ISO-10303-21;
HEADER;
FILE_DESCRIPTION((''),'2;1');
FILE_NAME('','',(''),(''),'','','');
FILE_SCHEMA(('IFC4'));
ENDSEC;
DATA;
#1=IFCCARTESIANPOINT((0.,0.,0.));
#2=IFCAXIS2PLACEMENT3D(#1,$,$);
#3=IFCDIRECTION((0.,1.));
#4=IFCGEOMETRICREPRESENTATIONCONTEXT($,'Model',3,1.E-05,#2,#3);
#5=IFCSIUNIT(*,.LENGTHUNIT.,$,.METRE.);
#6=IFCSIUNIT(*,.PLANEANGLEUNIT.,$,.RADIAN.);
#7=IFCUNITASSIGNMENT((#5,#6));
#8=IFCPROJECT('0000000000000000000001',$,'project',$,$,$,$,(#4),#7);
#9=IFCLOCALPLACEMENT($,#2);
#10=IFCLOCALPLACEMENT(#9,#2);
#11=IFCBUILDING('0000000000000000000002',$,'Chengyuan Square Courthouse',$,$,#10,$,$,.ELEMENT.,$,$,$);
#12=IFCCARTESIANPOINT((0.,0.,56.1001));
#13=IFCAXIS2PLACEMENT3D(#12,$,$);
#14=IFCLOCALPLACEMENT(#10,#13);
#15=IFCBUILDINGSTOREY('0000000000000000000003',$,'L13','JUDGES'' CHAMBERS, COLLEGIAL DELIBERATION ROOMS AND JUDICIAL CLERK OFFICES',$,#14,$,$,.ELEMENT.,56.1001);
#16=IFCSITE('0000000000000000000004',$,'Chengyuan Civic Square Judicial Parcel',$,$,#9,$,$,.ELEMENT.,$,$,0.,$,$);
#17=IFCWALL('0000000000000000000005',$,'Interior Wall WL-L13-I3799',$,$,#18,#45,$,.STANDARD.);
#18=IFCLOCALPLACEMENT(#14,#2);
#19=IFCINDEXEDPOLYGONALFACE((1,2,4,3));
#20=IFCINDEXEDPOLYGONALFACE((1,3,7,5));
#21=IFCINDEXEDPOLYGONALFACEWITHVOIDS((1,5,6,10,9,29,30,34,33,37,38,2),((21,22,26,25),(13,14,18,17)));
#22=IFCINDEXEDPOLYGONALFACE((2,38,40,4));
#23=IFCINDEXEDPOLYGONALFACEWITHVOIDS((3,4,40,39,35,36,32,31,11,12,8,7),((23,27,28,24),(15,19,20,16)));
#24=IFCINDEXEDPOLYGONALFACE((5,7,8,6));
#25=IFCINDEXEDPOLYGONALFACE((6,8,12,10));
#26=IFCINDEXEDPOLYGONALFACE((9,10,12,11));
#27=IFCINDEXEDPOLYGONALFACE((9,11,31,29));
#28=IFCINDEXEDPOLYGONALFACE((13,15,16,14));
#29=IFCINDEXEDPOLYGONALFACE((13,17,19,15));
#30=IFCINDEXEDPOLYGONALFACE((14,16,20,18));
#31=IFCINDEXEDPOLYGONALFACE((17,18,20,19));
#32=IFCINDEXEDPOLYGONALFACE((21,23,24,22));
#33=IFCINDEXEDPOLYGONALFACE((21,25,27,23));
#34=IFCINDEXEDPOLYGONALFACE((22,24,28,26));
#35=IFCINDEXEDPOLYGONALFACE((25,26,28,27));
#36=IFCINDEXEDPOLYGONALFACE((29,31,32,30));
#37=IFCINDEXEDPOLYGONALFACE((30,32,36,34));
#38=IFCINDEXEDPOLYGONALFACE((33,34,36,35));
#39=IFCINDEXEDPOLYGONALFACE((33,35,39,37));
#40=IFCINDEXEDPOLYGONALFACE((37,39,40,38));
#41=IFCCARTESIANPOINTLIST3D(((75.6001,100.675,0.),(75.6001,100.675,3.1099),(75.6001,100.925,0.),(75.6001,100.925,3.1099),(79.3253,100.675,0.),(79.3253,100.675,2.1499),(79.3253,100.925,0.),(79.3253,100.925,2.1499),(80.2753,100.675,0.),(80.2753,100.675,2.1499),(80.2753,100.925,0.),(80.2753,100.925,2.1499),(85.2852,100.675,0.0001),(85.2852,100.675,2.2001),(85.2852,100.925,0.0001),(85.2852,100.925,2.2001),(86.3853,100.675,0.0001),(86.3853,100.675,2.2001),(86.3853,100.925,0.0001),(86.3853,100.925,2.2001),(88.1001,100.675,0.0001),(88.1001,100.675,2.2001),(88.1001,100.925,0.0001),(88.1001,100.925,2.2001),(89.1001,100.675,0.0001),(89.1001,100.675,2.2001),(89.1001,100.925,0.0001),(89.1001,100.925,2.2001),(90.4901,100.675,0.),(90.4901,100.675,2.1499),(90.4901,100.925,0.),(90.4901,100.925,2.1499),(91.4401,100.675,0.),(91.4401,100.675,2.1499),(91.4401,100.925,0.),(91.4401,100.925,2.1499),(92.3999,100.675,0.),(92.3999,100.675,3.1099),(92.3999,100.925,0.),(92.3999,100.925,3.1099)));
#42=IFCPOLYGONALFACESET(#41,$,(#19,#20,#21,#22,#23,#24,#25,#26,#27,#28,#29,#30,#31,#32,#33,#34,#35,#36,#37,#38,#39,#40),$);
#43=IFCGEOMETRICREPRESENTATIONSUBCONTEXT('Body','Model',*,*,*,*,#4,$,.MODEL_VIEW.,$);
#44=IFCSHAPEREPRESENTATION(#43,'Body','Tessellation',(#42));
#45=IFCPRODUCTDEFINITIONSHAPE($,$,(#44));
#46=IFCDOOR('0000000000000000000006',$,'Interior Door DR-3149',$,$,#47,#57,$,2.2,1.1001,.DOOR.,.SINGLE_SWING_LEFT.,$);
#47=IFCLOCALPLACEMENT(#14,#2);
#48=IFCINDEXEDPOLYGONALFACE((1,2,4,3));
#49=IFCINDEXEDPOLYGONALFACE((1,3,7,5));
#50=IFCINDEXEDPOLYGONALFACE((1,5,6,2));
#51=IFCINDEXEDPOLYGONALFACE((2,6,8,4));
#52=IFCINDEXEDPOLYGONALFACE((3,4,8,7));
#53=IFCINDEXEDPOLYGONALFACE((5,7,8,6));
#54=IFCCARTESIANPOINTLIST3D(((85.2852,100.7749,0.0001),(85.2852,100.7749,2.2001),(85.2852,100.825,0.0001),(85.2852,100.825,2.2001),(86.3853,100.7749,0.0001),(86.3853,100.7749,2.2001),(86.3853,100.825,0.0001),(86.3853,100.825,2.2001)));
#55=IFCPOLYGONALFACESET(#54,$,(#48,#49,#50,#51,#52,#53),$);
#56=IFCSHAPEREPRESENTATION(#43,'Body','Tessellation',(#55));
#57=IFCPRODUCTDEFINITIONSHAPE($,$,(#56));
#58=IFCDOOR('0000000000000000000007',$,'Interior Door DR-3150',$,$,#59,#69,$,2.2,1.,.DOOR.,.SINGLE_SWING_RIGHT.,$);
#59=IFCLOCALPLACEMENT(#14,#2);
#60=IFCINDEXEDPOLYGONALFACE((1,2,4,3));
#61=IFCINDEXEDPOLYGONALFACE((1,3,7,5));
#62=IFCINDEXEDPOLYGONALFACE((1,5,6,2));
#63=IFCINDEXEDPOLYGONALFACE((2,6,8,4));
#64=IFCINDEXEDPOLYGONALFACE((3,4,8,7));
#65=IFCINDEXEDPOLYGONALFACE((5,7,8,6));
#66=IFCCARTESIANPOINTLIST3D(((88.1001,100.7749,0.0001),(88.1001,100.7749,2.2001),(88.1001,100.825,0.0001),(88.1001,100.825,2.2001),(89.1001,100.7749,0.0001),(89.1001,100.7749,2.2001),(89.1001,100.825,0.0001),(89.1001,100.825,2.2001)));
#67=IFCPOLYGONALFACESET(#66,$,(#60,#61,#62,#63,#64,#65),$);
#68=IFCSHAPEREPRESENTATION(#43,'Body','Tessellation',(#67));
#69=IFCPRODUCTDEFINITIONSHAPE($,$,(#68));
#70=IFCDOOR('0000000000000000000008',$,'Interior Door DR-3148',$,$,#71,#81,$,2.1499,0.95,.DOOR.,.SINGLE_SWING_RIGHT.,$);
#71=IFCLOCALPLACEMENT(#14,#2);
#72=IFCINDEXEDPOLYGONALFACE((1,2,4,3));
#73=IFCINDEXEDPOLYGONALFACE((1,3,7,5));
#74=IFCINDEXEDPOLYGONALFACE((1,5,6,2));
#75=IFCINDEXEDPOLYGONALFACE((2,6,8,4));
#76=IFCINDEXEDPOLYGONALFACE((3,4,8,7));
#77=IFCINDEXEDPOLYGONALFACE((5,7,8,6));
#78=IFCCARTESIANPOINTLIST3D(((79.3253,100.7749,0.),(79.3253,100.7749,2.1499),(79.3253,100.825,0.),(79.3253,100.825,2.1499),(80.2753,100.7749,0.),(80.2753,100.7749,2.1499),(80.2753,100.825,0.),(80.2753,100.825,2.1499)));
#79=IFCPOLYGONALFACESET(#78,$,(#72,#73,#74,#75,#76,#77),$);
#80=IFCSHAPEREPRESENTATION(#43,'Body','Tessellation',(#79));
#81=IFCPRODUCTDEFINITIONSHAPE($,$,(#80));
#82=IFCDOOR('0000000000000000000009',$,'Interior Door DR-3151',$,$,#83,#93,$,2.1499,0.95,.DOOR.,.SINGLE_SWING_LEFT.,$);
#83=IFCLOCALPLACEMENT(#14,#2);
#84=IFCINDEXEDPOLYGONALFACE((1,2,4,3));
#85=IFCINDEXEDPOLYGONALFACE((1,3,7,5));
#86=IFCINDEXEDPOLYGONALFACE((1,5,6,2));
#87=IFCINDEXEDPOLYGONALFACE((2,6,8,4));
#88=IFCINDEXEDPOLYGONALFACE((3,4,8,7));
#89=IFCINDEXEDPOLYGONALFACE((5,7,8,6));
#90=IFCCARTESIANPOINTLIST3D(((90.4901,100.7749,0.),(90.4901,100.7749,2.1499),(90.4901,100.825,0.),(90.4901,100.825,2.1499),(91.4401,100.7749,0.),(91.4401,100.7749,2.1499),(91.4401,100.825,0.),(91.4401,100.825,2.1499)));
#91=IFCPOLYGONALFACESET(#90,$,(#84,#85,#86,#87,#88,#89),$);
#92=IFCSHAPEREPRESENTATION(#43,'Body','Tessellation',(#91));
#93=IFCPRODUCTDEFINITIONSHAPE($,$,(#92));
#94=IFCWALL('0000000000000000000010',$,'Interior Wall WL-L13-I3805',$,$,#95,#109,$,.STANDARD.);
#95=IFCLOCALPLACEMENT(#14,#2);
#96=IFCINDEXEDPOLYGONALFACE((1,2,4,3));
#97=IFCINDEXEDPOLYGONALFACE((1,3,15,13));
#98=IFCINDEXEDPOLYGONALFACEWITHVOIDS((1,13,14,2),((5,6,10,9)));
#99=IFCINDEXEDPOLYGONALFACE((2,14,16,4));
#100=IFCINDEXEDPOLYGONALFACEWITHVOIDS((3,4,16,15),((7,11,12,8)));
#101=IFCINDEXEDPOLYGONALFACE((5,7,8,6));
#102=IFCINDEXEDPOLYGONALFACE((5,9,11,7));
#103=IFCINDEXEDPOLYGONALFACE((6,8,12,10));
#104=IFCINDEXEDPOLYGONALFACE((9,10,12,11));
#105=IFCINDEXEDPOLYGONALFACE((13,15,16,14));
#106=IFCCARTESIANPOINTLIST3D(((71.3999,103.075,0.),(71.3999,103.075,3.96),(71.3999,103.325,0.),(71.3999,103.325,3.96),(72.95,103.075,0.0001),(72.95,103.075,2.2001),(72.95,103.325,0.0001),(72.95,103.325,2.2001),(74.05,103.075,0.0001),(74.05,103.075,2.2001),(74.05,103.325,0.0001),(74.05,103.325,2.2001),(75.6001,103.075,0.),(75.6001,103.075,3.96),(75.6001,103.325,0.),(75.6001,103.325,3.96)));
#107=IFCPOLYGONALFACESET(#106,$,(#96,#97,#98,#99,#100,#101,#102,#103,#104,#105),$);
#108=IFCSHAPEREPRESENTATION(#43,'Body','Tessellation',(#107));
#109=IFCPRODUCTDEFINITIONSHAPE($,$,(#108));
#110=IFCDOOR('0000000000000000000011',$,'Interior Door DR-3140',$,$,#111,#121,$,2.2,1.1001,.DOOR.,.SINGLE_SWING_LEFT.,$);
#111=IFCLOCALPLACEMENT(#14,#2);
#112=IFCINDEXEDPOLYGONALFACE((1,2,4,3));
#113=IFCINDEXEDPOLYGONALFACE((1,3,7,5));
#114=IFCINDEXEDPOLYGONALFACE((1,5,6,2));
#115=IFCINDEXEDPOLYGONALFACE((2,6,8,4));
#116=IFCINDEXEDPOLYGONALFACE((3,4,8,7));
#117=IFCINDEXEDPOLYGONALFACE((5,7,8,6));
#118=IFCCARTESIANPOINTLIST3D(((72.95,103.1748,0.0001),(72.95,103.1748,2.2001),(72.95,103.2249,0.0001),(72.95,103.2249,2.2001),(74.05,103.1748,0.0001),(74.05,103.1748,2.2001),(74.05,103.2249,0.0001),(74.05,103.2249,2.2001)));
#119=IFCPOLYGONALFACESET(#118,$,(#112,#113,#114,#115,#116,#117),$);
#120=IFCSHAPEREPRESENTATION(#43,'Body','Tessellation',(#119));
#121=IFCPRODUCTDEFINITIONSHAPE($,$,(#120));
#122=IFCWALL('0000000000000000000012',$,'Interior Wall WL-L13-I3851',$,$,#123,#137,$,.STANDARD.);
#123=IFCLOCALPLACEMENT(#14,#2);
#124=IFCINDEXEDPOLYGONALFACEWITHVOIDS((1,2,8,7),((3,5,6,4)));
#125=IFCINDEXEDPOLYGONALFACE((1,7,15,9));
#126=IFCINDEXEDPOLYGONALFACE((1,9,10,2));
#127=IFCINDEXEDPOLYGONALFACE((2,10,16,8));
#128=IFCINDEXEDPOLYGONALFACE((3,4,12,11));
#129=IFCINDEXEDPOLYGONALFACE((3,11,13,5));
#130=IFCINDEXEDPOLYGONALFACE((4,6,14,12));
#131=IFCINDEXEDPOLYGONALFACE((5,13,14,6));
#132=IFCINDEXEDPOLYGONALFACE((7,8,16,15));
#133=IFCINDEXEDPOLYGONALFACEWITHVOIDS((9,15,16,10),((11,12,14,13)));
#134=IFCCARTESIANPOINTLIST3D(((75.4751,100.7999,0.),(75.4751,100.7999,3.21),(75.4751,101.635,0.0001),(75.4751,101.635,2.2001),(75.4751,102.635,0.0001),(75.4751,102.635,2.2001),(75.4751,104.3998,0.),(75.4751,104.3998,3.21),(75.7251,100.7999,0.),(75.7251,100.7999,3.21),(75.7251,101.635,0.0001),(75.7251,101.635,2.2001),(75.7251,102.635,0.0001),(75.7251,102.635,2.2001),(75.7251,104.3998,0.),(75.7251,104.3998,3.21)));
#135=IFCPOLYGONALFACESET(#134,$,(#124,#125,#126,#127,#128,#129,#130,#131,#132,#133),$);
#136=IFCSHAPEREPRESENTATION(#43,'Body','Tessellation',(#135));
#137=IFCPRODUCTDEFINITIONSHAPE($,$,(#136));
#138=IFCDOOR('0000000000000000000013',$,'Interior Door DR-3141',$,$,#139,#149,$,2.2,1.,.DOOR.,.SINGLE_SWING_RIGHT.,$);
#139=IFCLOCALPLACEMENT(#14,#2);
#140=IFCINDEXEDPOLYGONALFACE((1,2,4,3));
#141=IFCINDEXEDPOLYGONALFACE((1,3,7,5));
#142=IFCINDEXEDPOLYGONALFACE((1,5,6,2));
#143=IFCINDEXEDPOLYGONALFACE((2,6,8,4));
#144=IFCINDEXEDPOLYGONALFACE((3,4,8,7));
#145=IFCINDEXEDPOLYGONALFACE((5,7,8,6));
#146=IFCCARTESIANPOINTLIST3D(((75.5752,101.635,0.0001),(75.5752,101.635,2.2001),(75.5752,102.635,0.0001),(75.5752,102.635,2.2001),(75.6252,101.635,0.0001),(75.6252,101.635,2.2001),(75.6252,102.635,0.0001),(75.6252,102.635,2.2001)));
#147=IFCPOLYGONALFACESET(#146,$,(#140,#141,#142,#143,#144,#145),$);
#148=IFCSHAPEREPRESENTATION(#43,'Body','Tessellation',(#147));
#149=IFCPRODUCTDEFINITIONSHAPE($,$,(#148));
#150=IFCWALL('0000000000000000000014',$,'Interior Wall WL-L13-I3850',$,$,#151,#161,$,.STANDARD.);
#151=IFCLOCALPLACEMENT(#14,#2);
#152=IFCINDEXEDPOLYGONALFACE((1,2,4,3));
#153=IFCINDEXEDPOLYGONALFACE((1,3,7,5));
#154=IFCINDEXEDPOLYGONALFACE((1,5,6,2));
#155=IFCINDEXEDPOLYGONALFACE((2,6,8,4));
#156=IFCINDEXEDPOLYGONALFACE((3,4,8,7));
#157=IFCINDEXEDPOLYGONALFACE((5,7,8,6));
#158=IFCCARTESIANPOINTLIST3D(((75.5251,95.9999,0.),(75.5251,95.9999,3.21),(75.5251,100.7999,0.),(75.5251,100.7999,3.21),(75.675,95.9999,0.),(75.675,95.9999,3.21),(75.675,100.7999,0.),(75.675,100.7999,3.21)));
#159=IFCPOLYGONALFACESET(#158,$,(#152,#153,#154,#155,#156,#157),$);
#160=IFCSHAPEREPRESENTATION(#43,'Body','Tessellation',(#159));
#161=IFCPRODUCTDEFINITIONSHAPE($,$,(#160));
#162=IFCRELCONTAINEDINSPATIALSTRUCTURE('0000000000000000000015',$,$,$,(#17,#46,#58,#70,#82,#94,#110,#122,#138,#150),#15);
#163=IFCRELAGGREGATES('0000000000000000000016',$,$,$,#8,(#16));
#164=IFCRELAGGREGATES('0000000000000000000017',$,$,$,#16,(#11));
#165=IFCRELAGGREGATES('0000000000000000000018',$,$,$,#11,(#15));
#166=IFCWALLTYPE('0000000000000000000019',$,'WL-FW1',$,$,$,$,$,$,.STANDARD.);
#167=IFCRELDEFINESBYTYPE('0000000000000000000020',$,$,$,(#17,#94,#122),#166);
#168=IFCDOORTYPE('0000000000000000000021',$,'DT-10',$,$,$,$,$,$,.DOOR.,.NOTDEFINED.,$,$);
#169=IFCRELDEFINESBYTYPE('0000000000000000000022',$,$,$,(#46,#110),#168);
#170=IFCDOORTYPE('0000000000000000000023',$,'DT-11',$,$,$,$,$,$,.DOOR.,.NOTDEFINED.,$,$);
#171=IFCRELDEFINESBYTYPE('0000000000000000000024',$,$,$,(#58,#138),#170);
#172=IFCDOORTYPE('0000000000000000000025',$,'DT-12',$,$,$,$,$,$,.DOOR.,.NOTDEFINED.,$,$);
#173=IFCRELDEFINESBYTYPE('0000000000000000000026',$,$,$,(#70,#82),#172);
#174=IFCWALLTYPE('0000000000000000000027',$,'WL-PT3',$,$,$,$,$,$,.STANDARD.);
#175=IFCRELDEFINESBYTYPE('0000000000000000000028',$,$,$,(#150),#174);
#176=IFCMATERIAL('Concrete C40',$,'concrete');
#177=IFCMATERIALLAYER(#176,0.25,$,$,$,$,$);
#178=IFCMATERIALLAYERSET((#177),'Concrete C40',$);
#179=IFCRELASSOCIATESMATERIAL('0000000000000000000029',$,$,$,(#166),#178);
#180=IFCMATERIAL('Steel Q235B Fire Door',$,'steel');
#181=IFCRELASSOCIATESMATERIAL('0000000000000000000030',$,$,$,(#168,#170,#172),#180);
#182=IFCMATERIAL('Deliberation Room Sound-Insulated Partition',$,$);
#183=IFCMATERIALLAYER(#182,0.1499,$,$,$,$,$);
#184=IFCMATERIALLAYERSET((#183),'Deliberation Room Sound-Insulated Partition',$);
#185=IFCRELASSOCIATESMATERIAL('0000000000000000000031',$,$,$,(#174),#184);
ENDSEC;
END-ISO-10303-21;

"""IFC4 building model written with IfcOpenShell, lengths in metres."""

from ifc_helpers import new_model, si_unit, direction, frame, frame_2d, origin, place, context, subcontext, project, spatial, rectangle, extrude, material, layer, layer_set, type_object, element, fill, save


model = new_model("IFC4")

# Units and contexts
model_context = context("Model", 3, precision=1e-05, world=origin(), true_north=direction((0.0, 1.0)))
body_context = subcontext(model_context, "Body", "Model", "MODEL_VIEW")
ifc_project = project(units=[si_unit("LENGTHUNIT", "METRE"), si_unit("PLANEANGLEUNIT", "RADIAN")], contexts=[model_context])

# Site, building, storey
site_placement = place(None, origin())
site = spatial("IfcSite", under=ifc_project, at=site_placement, Name="Chengyuan Civic Square Judicial Parcel", CompositionType="ELEMENT", RefElevation=0.0)
building_placement = place(site_placement, origin())
building = spatial("IfcBuilding", under=site, at=building_placement, Name="Chengyuan Square Courthouse", CompositionType="ELEMENT")
storey_placement = place(building_placement, frame((0.0, 0.0, 56.1001)))
storey = spatial("IfcBuildingStorey", under=building, at=storey_placement, Name="L13", Description="JUDGES' CHAMBERS, COLLEGIAL DELIBERATION ROOMS AND JUDICIAL CLERK OFFICES", CompositionType="ELEMENT", Elevation=56.1001)

# Shared definitions
ifc_material_1 = material(Name="Concrete C40", Category="concrete")

# Wall, openings, doors
ifc_layer_1 = layer(ifc_material_1, 0.25)
ifc_layer_set_1 = layer_set([ifc_layer_1], Name="Concrete C40")
wall_type_1 = type_object("IfcWallType", Name="WL-FW1", PredefinedType="STANDARD", material=ifc_layer_set_1)
wall_1_placement = place(storey_placement, frame((75.6001, 100.8, 0.0), z_axis=(0.0, 0.0, 1.0), x_axis=(1.0, 0.0, 0.0)))
wall_1 = element("IfcWall", 1, at=wall_1_placement, inside=storey, type_object=wall_type_1, Name="Interior Wall WL-L13-I3799", PredefinedType="STANDARD", context=body_context, shape_type="SweptSolid", body=[
    extrude(rectangle(XDim=16.7998, YDim=0.25, at=frame_2d((8.3999, 0.0))), origin(), (0.0, 0.0, 1.0), 3.1099),
])
opening_1_placement = place(wall_1_placement, frame((3.7251, 0.0, 0.0)))
opening_1 = element("IfcOpeningElement", 2, at=opening_1_placement, cuts=wall_1, PredefinedType="OPENING", context=body_context, shape_type="SweptSolid", body=[
    extrude(rectangle(XDim=0.95, YDim=2.1499, at=frame_2d((0.4751, 1.075))), frame((0.0, 0.137, 0.0), z_axis=(0.0, -1.0, 0.0), x_axis=(1.0, 0.0, 0.0)), (0.0, 0.0, 1.0), 0.2739),
])
opening_2_placement = place(wall_1_placement, frame((9.6851, 0.0, 0.0)))
opening_2 = element("IfcOpeningElement", 3, at=opening_2_placement, cuts=wall_1, PredefinedType="OPENING", context=body_context, shape_type="SweptSolid", body=[
    extrude(rectangle(XDim=1.1001, YDim=2.2, at=frame_2d((0.55, 1.1001))), frame((0.0, 0.137, 0.0), z_axis=(0.0, -1.0, 0.0), x_axis=(1.0, 0.0, 0.0)), (0.0, 0.0, 1.0), 0.2739),
])
opening_3_placement = place(wall_1_placement, frame((12.5, 0.0, 0.0)))
opening_3 = element("IfcOpeningElement", 4, at=opening_3_placement, cuts=wall_1, PredefinedType="OPENING", context=body_context, shape_type="SweptSolid", body=[
    extrude(rectangle(XDim=1.0, YDim=2.2, at=frame_2d((0.5, 1.1001))), frame((0.0, 0.137, 0.0), z_axis=(0.0, -1.0, 0.0), x_axis=(1.0, 0.0, 0.0)), (0.0, 0.0, 1.0), 0.2739),
])
opening_4_placement = place(wall_1_placement, frame((14.8899, 0.0, 0.0)))
opening_4 = element("IfcOpeningElement", 5, at=opening_4_placement, cuts=wall_1, PredefinedType="OPENING", context=body_context, shape_type="SweptSolid", body=[
    extrude(rectangle(XDim=0.95, YDim=2.1499, at=frame_2d((0.4751, 1.075))), frame((0.0, 0.137, 0.0), z_axis=(0.0, -1.0, 0.0), x_axis=(1.0, 0.0, 0.0)), (0.0, 0.0, 1.0), 0.2739),
])
ifc_material_2 = material(Name="Steel Q235B Fire Door", Category="steel")
door_type_1 = type_object("IfcDoorType", Name="DT-10", OperationType="NOTDEFINED", PredefinedType="DOOR", material=ifc_material_2)
door_1_placement = place(opening_2_placement, origin())
door_1 = element("IfcDoor", 6, at=door_1_placement, inside=storey, type_object=door_type_1, Name="Interior Door DR-3149", OperationType="SINGLE_SWING_LEFT", OverallHeight=2.2, OverallWidth=1.1001, PredefinedType="DOOR", context=body_context, shape_type="SweptSolid", body=[
    extrude(rectangle(XDim=1.1001, YDim=2.2, at=frame_2d((0.55, 1.1001))), frame((0.0, 0.0249, 0.0), z_axis=(0.0, -1.0, 0.0), x_axis=(1.0, 0.0, 0.0)), (0.0, 0.0, 1.0), 0.05),
])
fill(opening_2, door_1)
door_type_2 = type_object("IfcDoorType", Name="DT-11", OperationType="NOTDEFINED", PredefinedType="DOOR", material=ifc_material_2)
door_2_placement = place(opening_3_placement, origin())
door_2 = element("IfcDoor", 7, at=door_2_placement, inside=storey, type_object=door_type_2, Name="Interior Door DR-3150", OperationType="SINGLE_SWING_RIGHT", OverallHeight=2.2, OverallWidth=1.0, PredefinedType="DOOR", context=body_context, shape_type="SweptSolid", body=[
    extrude(rectangle(XDim=1.0, YDim=2.2, at=frame_2d((0.5, 1.1001))), frame((0.0, 0.0249, 0.0), z_axis=(0.0, -1.0, 0.0), x_axis=(1.0, 0.0, 0.0)), (0.0, 0.0, 1.0), 0.05),
])
fill(opening_3, door_2)
door_type_3 = type_object("IfcDoorType", Name="DT-12", OperationType="NOTDEFINED", PredefinedType="DOOR", material=ifc_material_2)
door_3_placement = place(opening_1_placement, origin())
door_3 = element("IfcDoor", 8, at=door_3_placement, inside=storey, type_object=door_type_3, Name="Interior Door DR-3148", OperationType="SINGLE_SWING_RIGHT", OverallHeight=2.1499, OverallWidth=0.95, PredefinedType="DOOR", context=body_context, shape_type="SweptSolid", body=[
    extrude(rectangle(XDim=0.95, YDim=2.1499, at=frame_2d((0.4751, 1.075))), frame((0.0, 0.0249, 0.0), z_axis=(0.0, -1.0, 0.0), x_axis=(1.0, 0.0, 0.0)), (0.0, 0.0, 1.0), 0.05),
])
fill(opening_1, door_3)
door_4_placement = place(opening_4_placement, origin())
door_4 = element("IfcDoor", 9, at=door_4_placement, inside=storey, type_object=door_type_3, Name="Interior Door DR-3151", OperationType="SINGLE_SWING_LEFT", OverallHeight=2.1499, OverallWidth=0.95, PredefinedType="DOOR", context=body_context, shape_type="SweptSolid", body=[
    extrude(rectangle(XDim=0.95, YDim=2.1499, at=frame_2d((0.4751, 1.075))), frame((0.0, 0.0249, 0.0), z_axis=(0.0, -1.0, 0.0), x_axis=(1.0, 0.0, 0.0)), (0.0, 0.0, 1.0), 0.05),
])
fill(opening_4, door_4)

# Walls, openings, doors
wall_2_placement = place(storey_placement, frame((71.3999, 103.2, 0.0), z_axis=(0.0, 0.0, 1.0), x_axis=(1.0, 0.0, 0.0)))
wall_2 = element("IfcWall", 10, at=wall_2_placement, inside=storey, type_object=wall_type_1, Name="Interior Wall WL-L13-I3805", PredefinedType="STANDARD", context=body_context, shape_type="SweptSolid", body=[
    extrude(rectangle(XDim=4.2002, YDim=0.25, at=frame_2d((2.1001, 0.0))), origin(), (0.0, 0.0, 1.0), 3.96),
])
opening_5_placement = place(wall_2_placement, frame((1.55, 0.0, 0.0)))
opening_5 = element("IfcOpeningElement", 11, at=opening_5_placement, cuts=wall_2, PredefinedType="OPENING", context=body_context, shape_type="SweptSolid", body=[
    extrude(rectangle(XDim=1.1001, YDim=2.2, at=frame_2d((0.55, 1.1001))), frame((0.0, 0.137, 0.0), z_axis=(0.0, -1.0, 0.0), x_axis=(1.0, 0.0, 0.0)), (0.0, 0.0, 1.0), 0.2739),
])
door_5_placement = place(opening_5_placement, origin())
door_5 = element("IfcDoor", 12, at=door_5_placement, inside=storey, type_object=door_type_1, Name="Interior Door DR-3140", OperationType="SINGLE_SWING_LEFT", OverallHeight=2.2, OverallWidth=1.1001, PredefinedType="DOOR", context=body_context, shape_type="SweptSolid", body=[
    extrude(rectangle(XDim=1.1001, YDim=2.2, at=frame_2d((0.55, 1.1001))), frame((0.0, 0.0249, 0.0), z_axis=(0.0, -1.0, 0.0), x_axis=(1.0, 0.0, 0.0)), (0.0, 0.0, 1.0), 0.05),
])
fill(opening_5, door_5)
wall_3_placement = place(storey_placement, frame((75.6001, 100.8, 0.0), z_axis=(0.0, 0.0, 1.0), x_axis=(0.0, 1.0, 0.0)))
wall_3 = element("IfcWall", 13, at=wall_3_placement, inside=storey, type_object=wall_type_1, Name="Interior Wall WL-L13-I3851", PredefinedType="STANDARD", context=body_context, shape_type="SweptSolid", body=[
    extrude(rectangle(XDim=3.5999, YDim=0.25, at=frame_2d((1.7998, 0.0))), origin(), (0.0, 0.0, 1.0), 3.21),
])
opening_6_placement = place(wall_3_placement, frame((0.835, 0.0, 0.0)))
opening_6 = element("IfcOpeningElement", 14, at=opening_6_placement, cuts=wall_3, PredefinedType="OPENING", context=body_context, shape_type="SweptSolid", body=[
    extrude(rectangle(XDim=1.0, YDim=2.2, at=frame_2d((0.5, 1.1001))), frame((0.0, 0.137, 0.0), z_axis=(0.0, -1.0, 0.0), x_axis=(1.0, 0.0, 0.0)), (0.0, 0.0, 1.0), 0.2739),
])
door_6_placement = place(opening_6_placement, origin())
door_6 = element("IfcDoor", 15, at=door_6_placement, inside=storey, type_object=door_type_2, Name="Interior Door DR-3141", OperationType="SINGLE_SWING_RIGHT", OverallHeight=2.2, OverallWidth=1.0, PredefinedType="DOOR", context=body_context, shape_type="SweptSolid", body=[
    extrude(rectangle(XDim=1.0, YDim=2.2, at=frame_2d((0.5, 1.1001))), frame((0.0, 0.0249, 0.0), z_axis=(0.0, -1.0, 0.0), x_axis=(1.0, 0.0, 0.0)), (0.0, 0.0, 1.0), 0.05),
])
fill(opening_6, door_6)
ifc_material_3 = material(Name="Deliberation Room Sound-Insulated Partition")
ifc_layer_2 = layer(ifc_material_3, 0.1499)
ifc_layer_set_2 = layer_set([ifc_layer_2], Name="Deliberation Room Sound-Insulated Partition")
wall_type_2 = type_object("IfcWallType", Name="WL-PT3", PredefinedType="STANDARD", material=ifc_layer_set_2)

# Wall
wall_4_placement = place(storey_placement, frame((75.6001, 96.0, 0.0), z_axis=(0.0, 0.0, 1.0), x_axis=(0.0, 1.0, 0.0)))
element("IfcWall", 16, at=wall_4_placement, inside=storey, type_object=wall_type_2, Name="Interior Wall WL-L13-I3850", PredefinedType="STANDARD", context=body_context, shape_type="SweptSolid", body=[
    extrude(rectangle(XDim=4.8, YDim=0.1499, at=frame_2d((2.3999, 0.0))), origin(), (0.0, 0.0, 1.0), 3.21),
])

save(model, "model.ifc")
